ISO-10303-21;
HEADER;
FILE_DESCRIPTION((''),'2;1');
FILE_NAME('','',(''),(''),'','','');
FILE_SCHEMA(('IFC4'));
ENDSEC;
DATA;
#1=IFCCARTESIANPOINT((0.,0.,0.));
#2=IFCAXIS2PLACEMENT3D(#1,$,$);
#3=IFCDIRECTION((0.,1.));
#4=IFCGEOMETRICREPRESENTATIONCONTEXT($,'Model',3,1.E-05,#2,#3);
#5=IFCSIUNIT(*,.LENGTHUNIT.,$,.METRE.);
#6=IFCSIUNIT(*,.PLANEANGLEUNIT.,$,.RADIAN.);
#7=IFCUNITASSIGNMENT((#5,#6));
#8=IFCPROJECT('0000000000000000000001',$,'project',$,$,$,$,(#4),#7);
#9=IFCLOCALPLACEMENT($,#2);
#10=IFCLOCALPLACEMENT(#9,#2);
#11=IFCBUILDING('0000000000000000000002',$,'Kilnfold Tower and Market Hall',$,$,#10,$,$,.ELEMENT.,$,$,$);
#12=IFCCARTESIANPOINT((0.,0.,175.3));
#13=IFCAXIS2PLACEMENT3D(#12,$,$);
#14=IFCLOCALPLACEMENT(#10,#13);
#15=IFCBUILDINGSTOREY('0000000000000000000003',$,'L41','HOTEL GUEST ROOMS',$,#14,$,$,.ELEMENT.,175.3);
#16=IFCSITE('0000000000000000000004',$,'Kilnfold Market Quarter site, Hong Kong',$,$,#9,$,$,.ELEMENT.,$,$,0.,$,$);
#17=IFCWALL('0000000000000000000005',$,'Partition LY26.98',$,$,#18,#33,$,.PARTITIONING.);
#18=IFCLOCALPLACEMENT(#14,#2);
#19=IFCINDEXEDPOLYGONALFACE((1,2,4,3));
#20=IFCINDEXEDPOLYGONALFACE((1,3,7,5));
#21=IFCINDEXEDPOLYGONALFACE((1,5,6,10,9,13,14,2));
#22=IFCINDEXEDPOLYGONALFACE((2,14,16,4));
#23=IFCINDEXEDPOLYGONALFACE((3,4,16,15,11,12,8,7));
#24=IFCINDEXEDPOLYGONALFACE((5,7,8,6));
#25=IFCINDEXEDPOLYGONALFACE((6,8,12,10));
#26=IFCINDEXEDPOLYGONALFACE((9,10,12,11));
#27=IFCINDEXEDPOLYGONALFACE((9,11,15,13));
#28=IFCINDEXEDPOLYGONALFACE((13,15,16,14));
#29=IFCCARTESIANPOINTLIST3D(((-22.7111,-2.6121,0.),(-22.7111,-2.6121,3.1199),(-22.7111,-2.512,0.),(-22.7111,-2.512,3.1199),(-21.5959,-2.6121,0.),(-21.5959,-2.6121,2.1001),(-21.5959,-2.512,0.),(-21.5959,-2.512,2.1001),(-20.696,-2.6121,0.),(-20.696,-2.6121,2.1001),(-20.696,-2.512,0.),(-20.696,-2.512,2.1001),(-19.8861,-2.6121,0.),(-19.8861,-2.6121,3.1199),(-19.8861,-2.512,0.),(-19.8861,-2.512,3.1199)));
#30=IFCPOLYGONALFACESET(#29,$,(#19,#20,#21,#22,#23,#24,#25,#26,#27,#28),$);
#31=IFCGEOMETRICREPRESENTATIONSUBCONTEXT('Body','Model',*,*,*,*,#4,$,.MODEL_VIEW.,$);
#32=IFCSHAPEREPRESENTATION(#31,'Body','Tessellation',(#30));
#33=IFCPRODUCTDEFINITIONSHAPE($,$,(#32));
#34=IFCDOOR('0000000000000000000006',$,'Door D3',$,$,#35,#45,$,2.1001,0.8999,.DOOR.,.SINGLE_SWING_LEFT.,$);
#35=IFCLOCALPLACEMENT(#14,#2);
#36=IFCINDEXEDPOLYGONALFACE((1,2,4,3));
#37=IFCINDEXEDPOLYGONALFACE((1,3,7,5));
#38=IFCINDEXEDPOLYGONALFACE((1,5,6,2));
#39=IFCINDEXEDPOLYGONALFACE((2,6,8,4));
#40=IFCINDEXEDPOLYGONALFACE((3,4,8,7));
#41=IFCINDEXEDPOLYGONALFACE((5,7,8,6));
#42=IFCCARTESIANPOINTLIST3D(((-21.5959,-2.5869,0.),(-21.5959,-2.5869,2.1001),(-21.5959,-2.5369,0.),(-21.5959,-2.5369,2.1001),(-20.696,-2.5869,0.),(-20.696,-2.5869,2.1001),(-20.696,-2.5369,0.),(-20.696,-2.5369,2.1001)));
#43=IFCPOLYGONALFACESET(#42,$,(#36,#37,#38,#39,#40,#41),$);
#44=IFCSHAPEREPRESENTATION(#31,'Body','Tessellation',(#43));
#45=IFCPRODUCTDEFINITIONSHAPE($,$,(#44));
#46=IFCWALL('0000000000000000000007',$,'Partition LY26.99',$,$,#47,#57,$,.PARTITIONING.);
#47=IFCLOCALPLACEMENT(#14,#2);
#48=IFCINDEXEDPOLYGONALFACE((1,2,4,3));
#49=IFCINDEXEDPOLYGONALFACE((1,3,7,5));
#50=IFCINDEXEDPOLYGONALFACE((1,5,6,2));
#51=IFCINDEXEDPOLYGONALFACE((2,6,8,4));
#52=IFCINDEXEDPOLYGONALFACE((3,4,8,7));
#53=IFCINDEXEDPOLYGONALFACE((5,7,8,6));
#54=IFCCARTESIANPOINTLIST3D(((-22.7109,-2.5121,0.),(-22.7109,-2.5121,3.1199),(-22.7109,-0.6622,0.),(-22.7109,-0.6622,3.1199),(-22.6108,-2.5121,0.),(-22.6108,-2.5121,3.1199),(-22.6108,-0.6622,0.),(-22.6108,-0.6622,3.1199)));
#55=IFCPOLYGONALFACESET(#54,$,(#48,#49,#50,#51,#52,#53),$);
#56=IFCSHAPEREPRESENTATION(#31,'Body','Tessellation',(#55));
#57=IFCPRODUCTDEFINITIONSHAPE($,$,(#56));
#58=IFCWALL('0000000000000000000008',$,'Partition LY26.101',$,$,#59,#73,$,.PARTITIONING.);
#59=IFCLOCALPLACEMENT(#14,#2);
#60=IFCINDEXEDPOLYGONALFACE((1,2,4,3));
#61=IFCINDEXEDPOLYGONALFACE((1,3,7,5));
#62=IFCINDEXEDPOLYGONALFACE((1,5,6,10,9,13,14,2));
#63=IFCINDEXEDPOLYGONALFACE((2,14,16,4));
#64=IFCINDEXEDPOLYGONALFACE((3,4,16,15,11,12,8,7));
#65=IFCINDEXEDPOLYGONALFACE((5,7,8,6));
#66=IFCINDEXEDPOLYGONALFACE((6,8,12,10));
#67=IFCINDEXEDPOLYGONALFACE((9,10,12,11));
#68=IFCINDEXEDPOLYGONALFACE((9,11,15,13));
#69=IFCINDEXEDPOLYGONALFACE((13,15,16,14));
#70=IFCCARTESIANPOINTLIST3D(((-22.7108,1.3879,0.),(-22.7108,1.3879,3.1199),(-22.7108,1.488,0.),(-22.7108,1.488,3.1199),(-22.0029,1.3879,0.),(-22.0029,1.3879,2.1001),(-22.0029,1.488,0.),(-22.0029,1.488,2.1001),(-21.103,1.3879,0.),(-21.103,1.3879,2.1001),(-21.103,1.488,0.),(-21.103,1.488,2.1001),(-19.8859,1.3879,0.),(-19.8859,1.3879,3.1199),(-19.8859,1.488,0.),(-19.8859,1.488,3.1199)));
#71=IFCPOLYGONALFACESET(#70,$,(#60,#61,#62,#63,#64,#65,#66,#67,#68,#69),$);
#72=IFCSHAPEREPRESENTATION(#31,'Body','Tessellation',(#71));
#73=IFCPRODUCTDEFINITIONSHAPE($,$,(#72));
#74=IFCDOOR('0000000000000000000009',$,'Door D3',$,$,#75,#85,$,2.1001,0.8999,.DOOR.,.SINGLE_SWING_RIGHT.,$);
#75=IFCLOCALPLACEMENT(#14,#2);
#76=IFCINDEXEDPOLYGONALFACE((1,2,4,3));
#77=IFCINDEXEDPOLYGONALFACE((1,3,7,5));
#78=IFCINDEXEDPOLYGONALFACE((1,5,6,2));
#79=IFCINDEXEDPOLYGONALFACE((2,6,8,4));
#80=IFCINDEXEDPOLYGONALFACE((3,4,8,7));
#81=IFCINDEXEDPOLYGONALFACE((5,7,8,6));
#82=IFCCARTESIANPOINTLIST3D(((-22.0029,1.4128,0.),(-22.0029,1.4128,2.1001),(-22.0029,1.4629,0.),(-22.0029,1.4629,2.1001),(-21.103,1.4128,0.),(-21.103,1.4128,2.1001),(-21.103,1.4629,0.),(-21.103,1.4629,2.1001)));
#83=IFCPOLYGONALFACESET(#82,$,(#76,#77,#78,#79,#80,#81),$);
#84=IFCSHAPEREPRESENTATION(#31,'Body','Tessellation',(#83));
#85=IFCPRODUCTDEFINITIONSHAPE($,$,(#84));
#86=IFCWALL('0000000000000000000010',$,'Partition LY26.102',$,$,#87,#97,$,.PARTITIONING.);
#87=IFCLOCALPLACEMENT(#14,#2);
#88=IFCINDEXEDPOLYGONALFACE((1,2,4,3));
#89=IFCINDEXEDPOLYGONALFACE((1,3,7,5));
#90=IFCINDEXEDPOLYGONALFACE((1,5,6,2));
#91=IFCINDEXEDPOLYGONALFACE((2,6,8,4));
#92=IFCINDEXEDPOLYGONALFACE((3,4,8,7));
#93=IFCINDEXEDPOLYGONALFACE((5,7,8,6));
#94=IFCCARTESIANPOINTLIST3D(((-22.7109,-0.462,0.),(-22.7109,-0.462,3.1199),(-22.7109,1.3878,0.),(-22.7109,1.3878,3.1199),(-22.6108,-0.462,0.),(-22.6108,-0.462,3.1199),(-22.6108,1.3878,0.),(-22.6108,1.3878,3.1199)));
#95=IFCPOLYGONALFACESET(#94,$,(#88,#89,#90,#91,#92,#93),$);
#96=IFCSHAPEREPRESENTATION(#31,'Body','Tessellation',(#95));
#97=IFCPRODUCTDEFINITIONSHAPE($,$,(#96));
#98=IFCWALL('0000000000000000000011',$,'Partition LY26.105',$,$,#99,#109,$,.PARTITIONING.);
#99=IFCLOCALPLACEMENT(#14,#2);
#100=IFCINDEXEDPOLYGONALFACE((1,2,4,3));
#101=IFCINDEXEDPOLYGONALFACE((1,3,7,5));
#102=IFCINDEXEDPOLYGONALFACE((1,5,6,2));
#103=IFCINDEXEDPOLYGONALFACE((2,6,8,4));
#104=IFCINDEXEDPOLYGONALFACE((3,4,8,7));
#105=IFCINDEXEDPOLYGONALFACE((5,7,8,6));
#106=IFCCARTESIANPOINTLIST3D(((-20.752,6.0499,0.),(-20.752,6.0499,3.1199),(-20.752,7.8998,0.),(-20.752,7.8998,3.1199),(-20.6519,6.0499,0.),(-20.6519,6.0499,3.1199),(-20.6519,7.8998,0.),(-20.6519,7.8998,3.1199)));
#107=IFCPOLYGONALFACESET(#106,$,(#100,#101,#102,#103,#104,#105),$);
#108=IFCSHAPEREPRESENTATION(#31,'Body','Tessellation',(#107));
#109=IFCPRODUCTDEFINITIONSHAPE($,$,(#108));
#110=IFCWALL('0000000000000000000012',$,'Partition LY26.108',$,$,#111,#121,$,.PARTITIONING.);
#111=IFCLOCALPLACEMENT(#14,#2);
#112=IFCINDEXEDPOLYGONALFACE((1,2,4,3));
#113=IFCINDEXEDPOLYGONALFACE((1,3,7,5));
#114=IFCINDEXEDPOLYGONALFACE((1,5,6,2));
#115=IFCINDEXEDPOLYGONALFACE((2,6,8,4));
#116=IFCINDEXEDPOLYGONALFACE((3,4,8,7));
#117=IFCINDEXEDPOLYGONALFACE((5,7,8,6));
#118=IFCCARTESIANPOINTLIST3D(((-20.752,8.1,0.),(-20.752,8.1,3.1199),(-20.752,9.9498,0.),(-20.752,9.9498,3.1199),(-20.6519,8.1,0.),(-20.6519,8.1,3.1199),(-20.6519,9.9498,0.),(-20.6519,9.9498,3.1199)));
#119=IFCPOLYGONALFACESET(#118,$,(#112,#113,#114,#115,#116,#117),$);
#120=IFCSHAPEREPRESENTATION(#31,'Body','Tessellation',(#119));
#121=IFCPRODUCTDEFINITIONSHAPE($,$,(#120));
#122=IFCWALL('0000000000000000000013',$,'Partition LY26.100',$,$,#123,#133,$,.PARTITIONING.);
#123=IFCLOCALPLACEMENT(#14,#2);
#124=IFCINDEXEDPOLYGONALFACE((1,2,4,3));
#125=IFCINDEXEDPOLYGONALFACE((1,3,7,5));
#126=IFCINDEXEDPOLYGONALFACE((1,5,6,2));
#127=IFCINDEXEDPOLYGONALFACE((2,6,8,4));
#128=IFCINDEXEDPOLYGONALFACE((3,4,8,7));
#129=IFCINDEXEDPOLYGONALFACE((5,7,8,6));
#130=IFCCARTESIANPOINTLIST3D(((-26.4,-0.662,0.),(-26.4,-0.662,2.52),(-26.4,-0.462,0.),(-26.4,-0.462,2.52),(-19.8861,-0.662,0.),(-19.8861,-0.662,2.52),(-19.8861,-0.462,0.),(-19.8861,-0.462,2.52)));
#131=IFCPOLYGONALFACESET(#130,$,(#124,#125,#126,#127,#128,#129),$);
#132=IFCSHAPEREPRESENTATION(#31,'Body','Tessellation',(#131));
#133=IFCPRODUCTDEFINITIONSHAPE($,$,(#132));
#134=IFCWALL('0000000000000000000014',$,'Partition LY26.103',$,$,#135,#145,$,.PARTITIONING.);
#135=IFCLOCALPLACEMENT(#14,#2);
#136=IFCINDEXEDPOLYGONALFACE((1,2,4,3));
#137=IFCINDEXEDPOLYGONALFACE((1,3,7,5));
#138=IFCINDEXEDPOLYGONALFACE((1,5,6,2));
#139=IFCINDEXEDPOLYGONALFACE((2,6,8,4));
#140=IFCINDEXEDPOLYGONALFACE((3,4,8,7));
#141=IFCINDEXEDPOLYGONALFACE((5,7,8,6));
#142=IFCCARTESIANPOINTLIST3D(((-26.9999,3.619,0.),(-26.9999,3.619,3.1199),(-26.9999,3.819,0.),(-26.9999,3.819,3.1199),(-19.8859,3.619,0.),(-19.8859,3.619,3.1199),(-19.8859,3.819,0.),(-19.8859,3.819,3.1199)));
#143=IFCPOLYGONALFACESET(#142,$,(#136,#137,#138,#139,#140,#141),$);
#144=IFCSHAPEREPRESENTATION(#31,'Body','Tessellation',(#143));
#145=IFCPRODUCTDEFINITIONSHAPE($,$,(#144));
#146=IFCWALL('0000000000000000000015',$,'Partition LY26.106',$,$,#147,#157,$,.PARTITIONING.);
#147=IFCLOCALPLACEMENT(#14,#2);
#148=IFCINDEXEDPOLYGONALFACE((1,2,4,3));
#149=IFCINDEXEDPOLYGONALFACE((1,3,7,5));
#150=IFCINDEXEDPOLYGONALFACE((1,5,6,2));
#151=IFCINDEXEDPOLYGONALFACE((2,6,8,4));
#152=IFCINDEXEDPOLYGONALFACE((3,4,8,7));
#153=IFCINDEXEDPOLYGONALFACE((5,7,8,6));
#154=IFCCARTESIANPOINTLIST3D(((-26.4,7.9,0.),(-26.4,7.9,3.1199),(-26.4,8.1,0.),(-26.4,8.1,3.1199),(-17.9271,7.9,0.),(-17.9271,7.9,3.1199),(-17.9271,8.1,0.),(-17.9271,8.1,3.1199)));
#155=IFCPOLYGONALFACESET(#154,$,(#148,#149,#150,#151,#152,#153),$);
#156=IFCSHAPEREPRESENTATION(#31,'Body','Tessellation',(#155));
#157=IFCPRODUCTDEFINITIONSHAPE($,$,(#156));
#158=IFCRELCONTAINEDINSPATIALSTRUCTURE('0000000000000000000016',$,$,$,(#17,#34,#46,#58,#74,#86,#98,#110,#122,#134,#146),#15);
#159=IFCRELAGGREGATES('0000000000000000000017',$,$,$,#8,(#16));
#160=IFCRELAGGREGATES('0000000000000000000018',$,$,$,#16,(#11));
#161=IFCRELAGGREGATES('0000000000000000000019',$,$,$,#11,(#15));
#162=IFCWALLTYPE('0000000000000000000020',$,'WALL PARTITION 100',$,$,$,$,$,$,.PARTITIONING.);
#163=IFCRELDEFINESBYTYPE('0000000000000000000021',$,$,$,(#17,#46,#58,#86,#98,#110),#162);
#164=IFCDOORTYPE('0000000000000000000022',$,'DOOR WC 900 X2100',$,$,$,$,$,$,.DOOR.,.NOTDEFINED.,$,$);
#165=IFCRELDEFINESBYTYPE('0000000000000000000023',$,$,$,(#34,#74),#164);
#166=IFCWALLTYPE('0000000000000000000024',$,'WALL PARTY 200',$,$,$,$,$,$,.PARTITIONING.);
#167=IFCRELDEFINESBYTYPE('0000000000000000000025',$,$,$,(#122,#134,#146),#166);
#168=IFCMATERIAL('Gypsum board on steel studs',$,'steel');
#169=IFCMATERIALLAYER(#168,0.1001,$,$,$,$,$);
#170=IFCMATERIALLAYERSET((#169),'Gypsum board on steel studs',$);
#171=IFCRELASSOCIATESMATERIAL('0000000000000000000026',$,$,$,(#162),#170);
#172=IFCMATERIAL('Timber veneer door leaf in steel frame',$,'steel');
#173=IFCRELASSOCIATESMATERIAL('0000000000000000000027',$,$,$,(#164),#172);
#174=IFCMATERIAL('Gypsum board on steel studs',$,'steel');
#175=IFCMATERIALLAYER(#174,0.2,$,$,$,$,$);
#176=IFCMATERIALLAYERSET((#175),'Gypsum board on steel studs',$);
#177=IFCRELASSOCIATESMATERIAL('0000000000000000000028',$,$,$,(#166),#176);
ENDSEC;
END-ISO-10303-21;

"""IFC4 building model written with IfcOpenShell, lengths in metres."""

from ifc_helpers import new_model, si_unit, direction, frame, frame_2d, origin, place, context, subcontext, project, spatial, rectangle, extrude, material, layer, layer_set, type_object, element, fill, save


model = new_model("IFC4")

# Units and contexts
model_context = context("Model", 3, precision=1e-05, world=origin(), true_north=direction((0.0, 1.0)))
body_context = subcontext(model_context, "Body", "Model", "MODEL_VIEW")
ifc_project = project(units=[si_unit("LENGTHUNIT", "METRE"), si_unit("PLANEANGLEUNIT", "RADIAN")], contexts=[model_context])

# Site, building, storey
site_placement = place(None, origin())
site = spatial("IfcSite", under=ifc_project, at=site_placement, Name="Kilnfold Market Quarter site, Hong Kong", CompositionType="ELEMENT", RefElevation=0.0)
building_placement = place(site_placement, origin())
building = spatial("IfcBuilding", under=site, at=building_placement, Name="Kilnfold Tower and Market Hall", CompositionType="ELEMENT")
storey_placement = place(building_placement, frame((0.0, 0.0, 175.3)))
storey = spatial("IfcBuildingStorey", under=building, at=storey_placement, Name="L41", Description="HOTEL GUEST ROOMS", CompositionType="ELEMENT", Elevation=175.3)

# Wall, opening, door
ifc_material_1 = material(Name="Gypsum board on steel studs", Category="steel")
ifc_layer_1 = layer(ifc_material_1, 0.1001)
ifc_layer_set_1 = layer_set([ifc_layer_1], Name="Gypsum board on steel studs")
wall_type_1 = type_object("IfcWallType", Name="WALL PARTITION 100", PredefinedType="PARTITIONING", material=ifc_layer_set_1)
wall_1_placement = place(storey_placement, frame((-19.886, -2.562, 0.0), z_axis=(0.0, 0.0, 1.0), x_axis=(-1.0, 0.0, 0.0)))
wall_1 = element("IfcWall", 1, at=wall_1_placement, inside=storey, type_object=wall_type_1, Name="Partition LY26.98", PredefinedType="PARTITIONING", context=body_context, shape_type="SweptSolid", body=[
    extrude(rectangle(XDim=2.825, YDim=0.1001, at=frame_2d((1.4126, 0.0))), origin(), (0.0, 0.0, 1.0), 3.1199),
])
opening_1_placement = place(wall_1_placement, frame((0.8101, 0.0, 0.0)))
opening_1 = element("IfcOpeningElement", 2, at=opening_1_placement, cuts=wall_1, PredefinedType="OPENING", context=body_context, shape_type="SweptSolid", body=[
    extrude(rectangle(XDim=0.8999, YDim=2.1001, at=frame_2d((0.45, 1.05))), frame((0.0, 0.0601, 0.0), z_axis=(0.0, -1.0, 0.0), x_axis=(1.0, 0.0, 0.0)), (0.0, 0.0, 1.0), 0.1201),
])
ifc_material_2 = material(Name="Timber veneer door leaf in steel frame", Category="steel")
door_type_1 = type_object("IfcDoorType", Name="DOOR WC 900 X2100", OperationType="NOTDEFINED", PredefinedType="DOOR", material=ifc_material_2)
door_1_placement = place(opening_1_placement, origin())
door_1 = element("IfcDoor", 3, at=door_1_placement, inside=storey, type_object=door_type_1, Name="Door D3", OperationType="SINGLE_SWING_LEFT", OverallHeight=2.1001, OverallWidth=0.8999, PredefinedType="DOOR", context=body_context, shape_type="SweptSolid", body=[
    extrude(rectangle(XDim=0.8999, YDim=2.1001, at=frame_2d((0.45, 1.05))), frame((0.0, 0.0249, 0.0), z_axis=(0.0, -1.0, 0.0), x_axis=(1.0, 0.0, 0.0)), (0.0, 0.0, 1.0), 0.05),
])
fill(opening_1, door_1)

# Wall
wall_2_placement = place(storey_placement, frame((-22.6609, -2.512, 0.0), z_axis=(0.0, 0.0, 1.0), x_axis=(0.0, 1.0, 0.0)))
element("IfcWall", 4, at=wall_2_placement, inside=storey, type_object=wall_type_1, Name="Partition LY26.99", PredefinedType="PARTITIONING", context=body_context, shape_type="SweptSolid", body=[
    extrude(rectangle(XDim=1.8499, YDim=0.1001, at=frame_2d((0.9248, 0.0))), origin(), (0.0, 0.0, 1.0), 3.1199),
])

# Wall, opening, door
wall_3_placement = place(storey_placement, frame((-22.7109, 1.438, 0.0), z_axis=(0.0, 0.0, 1.0), x_axis=(1.0, 0.0, 0.0)))
wall_3 = element("IfcWall", 5, at=wall_3_placement, inside=storey, type_object=wall_type_1, Name="Partition LY26.101", PredefinedType="PARTITIONING", context=body_context, shape_type="SweptSolid", body=[
    extrude(rectangle(XDim=2.825, YDim=0.1001, at=frame_2d((1.4126, 0.0))), origin(), (0.0, 0.0, 1.0), 3.1199),
])
opening_2_placement = place(wall_3_placement, frame((0.708, 0.0, 0.0)))
opening_2 = element("IfcOpeningElement", 6, at=opening_2_placement, cuts=wall_3, PredefinedType="OPENING", context=body_context, shape_type="SweptSolid", body=[
    extrude(rectangle(XDim=0.8999, YDim=2.1001, at=frame_2d((0.45, 1.05))), frame((0.0, 0.0601, 0.0), z_axis=(0.0, -1.0, 0.0), x_axis=(1.0, 0.0, 0.0)), (0.0, 0.0, 1.0), 0.1201),
])
door_2_placement = place(opening_2_placement, origin())
door_2 = element("IfcDoor", 7, at=door_2_placement, inside=storey, type_object=door_type_1, Name="Door D3", OperationType="SINGLE_SWING_RIGHT", OverallHeight=2.1001, OverallWidth=0.8999, PredefinedType="DOOR", context=body_context, shape_type="SweptSolid", body=[
    extrude(rectangle(XDim=0.8999, YDim=2.1001, at=frame_2d((0.45, 1.05))), frame((0.0, 0.0249, 0.0), z_axis=(0.0, -1.0, 0.0), x_axis=(1.0, 0.0, 0.0)), (0.0, 0.0, 1.0), 0.05),
])
fill(opening_2, door_2)

# Walls
for number, where, z_axis, x_axis, name in (
    (8, (-22.6609, -0.4619, 0.0), (0.0, 0.0, 1.0), (0.0, 1.0, 0.0), "Partition LY26.102"),
    (9, (-20.7019, 6.05, 0.0), (0.0, 0.0, 1.0), (0.0, 1.0, 0.0), "Partition LY26.105"),
    (10, (-20.7019, 8.1001, 0.0), (0.0, 0.0, 1.0), (0.0, 1.0, 0.0), "Partition LY26.108"),
):
    element("IfcWall", number, at=place(storey_placement, frame(where, z_axis=z_axis, x_axis=x_axis)), inside=storey, type_object=wall_type_1, Name=name, PredefinedType="PARTITIONING", context=body_context, shape_type="SweptSolid", body=[
        extrude(rectangle(XDim=1.8499, YDim=0.1001, at=frame_2d((0.9248, 0.0))), origin(), (0.0, 0.0, 1.0), 3.1199),
    ])
ifc_material_3 = material(Name="Gypsum board on steel studs", Category="steel")
ifc_layer_2 = layer(ifc_material_3, 0.2)
ifc_layer_set_2 = layer_set([ifc_layer_2], Name="Gypsum board on steel studs")
wall_type_2 = type_object("IfcWallType", Name="WALL PARTY 200", PredefinedType="PARTITIONING", material=ifc_layer_set_2)
wall_4_placement = place(storey_placement, frame((-26.3999, -0.562, 0.0), z_axis=(0.0, 0.0, 1.0), x_axis=(1.0, 0.0, 0.0)))
element("IfcWall", 11, at=wall_4_placement, inside=storey, type_object=wall_type_2, Name="Partition LY26.100", PredefinedType="PARTITIONING", context=body_context, shape_type="SweptSolid", body=[
    extrude(rectangle(XDim=6.5139, YDim=0.2, at=frame_2d((3.2568, 0.0))), origin(), (0.0, 0.0, 1.0), 2.52),
])
wall_5_placement = place(storey_placement, frame((-27.0, 3.719, 0.0), z_axis=(0.0, 0.0, 1.0), x_axis=(1.0, 0.0, 0.0)))
element("IfcWall", 12, at=wall_5_placement, inside=storey, type_object=wall_type_2, Name="Partition LY26.103", PredefinedType="PARTITIONING", context=body_context, shape_type="SweptSolid", body=[
    extrude(rectangle(XDim=7.114, YDim=0.2, at=frame_2d((3.5571, 0.0))), origin(), (0.0, 0.0, 1.0), 3.1199),
])
wall_6_placement = place(storey_placement, frame((-26.3999, 8.0, 0.0), z_axis=(0.0, 0.0, 1.0), x_axis=(1.0, 0.0, 0.0)))
element("IfcWall", 13, at=wall_6_placement, inside=storey, type_object=wall_type_2, Name="Partition LY26.106", PredefinedType="PARTITIONING", context=body_context, shape_type="SweptSolid", body=[
    extrude(rectangle(XDim=8.4729, YDim=0.2, at=frame_2d((4.2363, 0.0))), origin(), (0.0, 0.0, 1.0), 3.1199),
])

save(model, "model.ifc")
